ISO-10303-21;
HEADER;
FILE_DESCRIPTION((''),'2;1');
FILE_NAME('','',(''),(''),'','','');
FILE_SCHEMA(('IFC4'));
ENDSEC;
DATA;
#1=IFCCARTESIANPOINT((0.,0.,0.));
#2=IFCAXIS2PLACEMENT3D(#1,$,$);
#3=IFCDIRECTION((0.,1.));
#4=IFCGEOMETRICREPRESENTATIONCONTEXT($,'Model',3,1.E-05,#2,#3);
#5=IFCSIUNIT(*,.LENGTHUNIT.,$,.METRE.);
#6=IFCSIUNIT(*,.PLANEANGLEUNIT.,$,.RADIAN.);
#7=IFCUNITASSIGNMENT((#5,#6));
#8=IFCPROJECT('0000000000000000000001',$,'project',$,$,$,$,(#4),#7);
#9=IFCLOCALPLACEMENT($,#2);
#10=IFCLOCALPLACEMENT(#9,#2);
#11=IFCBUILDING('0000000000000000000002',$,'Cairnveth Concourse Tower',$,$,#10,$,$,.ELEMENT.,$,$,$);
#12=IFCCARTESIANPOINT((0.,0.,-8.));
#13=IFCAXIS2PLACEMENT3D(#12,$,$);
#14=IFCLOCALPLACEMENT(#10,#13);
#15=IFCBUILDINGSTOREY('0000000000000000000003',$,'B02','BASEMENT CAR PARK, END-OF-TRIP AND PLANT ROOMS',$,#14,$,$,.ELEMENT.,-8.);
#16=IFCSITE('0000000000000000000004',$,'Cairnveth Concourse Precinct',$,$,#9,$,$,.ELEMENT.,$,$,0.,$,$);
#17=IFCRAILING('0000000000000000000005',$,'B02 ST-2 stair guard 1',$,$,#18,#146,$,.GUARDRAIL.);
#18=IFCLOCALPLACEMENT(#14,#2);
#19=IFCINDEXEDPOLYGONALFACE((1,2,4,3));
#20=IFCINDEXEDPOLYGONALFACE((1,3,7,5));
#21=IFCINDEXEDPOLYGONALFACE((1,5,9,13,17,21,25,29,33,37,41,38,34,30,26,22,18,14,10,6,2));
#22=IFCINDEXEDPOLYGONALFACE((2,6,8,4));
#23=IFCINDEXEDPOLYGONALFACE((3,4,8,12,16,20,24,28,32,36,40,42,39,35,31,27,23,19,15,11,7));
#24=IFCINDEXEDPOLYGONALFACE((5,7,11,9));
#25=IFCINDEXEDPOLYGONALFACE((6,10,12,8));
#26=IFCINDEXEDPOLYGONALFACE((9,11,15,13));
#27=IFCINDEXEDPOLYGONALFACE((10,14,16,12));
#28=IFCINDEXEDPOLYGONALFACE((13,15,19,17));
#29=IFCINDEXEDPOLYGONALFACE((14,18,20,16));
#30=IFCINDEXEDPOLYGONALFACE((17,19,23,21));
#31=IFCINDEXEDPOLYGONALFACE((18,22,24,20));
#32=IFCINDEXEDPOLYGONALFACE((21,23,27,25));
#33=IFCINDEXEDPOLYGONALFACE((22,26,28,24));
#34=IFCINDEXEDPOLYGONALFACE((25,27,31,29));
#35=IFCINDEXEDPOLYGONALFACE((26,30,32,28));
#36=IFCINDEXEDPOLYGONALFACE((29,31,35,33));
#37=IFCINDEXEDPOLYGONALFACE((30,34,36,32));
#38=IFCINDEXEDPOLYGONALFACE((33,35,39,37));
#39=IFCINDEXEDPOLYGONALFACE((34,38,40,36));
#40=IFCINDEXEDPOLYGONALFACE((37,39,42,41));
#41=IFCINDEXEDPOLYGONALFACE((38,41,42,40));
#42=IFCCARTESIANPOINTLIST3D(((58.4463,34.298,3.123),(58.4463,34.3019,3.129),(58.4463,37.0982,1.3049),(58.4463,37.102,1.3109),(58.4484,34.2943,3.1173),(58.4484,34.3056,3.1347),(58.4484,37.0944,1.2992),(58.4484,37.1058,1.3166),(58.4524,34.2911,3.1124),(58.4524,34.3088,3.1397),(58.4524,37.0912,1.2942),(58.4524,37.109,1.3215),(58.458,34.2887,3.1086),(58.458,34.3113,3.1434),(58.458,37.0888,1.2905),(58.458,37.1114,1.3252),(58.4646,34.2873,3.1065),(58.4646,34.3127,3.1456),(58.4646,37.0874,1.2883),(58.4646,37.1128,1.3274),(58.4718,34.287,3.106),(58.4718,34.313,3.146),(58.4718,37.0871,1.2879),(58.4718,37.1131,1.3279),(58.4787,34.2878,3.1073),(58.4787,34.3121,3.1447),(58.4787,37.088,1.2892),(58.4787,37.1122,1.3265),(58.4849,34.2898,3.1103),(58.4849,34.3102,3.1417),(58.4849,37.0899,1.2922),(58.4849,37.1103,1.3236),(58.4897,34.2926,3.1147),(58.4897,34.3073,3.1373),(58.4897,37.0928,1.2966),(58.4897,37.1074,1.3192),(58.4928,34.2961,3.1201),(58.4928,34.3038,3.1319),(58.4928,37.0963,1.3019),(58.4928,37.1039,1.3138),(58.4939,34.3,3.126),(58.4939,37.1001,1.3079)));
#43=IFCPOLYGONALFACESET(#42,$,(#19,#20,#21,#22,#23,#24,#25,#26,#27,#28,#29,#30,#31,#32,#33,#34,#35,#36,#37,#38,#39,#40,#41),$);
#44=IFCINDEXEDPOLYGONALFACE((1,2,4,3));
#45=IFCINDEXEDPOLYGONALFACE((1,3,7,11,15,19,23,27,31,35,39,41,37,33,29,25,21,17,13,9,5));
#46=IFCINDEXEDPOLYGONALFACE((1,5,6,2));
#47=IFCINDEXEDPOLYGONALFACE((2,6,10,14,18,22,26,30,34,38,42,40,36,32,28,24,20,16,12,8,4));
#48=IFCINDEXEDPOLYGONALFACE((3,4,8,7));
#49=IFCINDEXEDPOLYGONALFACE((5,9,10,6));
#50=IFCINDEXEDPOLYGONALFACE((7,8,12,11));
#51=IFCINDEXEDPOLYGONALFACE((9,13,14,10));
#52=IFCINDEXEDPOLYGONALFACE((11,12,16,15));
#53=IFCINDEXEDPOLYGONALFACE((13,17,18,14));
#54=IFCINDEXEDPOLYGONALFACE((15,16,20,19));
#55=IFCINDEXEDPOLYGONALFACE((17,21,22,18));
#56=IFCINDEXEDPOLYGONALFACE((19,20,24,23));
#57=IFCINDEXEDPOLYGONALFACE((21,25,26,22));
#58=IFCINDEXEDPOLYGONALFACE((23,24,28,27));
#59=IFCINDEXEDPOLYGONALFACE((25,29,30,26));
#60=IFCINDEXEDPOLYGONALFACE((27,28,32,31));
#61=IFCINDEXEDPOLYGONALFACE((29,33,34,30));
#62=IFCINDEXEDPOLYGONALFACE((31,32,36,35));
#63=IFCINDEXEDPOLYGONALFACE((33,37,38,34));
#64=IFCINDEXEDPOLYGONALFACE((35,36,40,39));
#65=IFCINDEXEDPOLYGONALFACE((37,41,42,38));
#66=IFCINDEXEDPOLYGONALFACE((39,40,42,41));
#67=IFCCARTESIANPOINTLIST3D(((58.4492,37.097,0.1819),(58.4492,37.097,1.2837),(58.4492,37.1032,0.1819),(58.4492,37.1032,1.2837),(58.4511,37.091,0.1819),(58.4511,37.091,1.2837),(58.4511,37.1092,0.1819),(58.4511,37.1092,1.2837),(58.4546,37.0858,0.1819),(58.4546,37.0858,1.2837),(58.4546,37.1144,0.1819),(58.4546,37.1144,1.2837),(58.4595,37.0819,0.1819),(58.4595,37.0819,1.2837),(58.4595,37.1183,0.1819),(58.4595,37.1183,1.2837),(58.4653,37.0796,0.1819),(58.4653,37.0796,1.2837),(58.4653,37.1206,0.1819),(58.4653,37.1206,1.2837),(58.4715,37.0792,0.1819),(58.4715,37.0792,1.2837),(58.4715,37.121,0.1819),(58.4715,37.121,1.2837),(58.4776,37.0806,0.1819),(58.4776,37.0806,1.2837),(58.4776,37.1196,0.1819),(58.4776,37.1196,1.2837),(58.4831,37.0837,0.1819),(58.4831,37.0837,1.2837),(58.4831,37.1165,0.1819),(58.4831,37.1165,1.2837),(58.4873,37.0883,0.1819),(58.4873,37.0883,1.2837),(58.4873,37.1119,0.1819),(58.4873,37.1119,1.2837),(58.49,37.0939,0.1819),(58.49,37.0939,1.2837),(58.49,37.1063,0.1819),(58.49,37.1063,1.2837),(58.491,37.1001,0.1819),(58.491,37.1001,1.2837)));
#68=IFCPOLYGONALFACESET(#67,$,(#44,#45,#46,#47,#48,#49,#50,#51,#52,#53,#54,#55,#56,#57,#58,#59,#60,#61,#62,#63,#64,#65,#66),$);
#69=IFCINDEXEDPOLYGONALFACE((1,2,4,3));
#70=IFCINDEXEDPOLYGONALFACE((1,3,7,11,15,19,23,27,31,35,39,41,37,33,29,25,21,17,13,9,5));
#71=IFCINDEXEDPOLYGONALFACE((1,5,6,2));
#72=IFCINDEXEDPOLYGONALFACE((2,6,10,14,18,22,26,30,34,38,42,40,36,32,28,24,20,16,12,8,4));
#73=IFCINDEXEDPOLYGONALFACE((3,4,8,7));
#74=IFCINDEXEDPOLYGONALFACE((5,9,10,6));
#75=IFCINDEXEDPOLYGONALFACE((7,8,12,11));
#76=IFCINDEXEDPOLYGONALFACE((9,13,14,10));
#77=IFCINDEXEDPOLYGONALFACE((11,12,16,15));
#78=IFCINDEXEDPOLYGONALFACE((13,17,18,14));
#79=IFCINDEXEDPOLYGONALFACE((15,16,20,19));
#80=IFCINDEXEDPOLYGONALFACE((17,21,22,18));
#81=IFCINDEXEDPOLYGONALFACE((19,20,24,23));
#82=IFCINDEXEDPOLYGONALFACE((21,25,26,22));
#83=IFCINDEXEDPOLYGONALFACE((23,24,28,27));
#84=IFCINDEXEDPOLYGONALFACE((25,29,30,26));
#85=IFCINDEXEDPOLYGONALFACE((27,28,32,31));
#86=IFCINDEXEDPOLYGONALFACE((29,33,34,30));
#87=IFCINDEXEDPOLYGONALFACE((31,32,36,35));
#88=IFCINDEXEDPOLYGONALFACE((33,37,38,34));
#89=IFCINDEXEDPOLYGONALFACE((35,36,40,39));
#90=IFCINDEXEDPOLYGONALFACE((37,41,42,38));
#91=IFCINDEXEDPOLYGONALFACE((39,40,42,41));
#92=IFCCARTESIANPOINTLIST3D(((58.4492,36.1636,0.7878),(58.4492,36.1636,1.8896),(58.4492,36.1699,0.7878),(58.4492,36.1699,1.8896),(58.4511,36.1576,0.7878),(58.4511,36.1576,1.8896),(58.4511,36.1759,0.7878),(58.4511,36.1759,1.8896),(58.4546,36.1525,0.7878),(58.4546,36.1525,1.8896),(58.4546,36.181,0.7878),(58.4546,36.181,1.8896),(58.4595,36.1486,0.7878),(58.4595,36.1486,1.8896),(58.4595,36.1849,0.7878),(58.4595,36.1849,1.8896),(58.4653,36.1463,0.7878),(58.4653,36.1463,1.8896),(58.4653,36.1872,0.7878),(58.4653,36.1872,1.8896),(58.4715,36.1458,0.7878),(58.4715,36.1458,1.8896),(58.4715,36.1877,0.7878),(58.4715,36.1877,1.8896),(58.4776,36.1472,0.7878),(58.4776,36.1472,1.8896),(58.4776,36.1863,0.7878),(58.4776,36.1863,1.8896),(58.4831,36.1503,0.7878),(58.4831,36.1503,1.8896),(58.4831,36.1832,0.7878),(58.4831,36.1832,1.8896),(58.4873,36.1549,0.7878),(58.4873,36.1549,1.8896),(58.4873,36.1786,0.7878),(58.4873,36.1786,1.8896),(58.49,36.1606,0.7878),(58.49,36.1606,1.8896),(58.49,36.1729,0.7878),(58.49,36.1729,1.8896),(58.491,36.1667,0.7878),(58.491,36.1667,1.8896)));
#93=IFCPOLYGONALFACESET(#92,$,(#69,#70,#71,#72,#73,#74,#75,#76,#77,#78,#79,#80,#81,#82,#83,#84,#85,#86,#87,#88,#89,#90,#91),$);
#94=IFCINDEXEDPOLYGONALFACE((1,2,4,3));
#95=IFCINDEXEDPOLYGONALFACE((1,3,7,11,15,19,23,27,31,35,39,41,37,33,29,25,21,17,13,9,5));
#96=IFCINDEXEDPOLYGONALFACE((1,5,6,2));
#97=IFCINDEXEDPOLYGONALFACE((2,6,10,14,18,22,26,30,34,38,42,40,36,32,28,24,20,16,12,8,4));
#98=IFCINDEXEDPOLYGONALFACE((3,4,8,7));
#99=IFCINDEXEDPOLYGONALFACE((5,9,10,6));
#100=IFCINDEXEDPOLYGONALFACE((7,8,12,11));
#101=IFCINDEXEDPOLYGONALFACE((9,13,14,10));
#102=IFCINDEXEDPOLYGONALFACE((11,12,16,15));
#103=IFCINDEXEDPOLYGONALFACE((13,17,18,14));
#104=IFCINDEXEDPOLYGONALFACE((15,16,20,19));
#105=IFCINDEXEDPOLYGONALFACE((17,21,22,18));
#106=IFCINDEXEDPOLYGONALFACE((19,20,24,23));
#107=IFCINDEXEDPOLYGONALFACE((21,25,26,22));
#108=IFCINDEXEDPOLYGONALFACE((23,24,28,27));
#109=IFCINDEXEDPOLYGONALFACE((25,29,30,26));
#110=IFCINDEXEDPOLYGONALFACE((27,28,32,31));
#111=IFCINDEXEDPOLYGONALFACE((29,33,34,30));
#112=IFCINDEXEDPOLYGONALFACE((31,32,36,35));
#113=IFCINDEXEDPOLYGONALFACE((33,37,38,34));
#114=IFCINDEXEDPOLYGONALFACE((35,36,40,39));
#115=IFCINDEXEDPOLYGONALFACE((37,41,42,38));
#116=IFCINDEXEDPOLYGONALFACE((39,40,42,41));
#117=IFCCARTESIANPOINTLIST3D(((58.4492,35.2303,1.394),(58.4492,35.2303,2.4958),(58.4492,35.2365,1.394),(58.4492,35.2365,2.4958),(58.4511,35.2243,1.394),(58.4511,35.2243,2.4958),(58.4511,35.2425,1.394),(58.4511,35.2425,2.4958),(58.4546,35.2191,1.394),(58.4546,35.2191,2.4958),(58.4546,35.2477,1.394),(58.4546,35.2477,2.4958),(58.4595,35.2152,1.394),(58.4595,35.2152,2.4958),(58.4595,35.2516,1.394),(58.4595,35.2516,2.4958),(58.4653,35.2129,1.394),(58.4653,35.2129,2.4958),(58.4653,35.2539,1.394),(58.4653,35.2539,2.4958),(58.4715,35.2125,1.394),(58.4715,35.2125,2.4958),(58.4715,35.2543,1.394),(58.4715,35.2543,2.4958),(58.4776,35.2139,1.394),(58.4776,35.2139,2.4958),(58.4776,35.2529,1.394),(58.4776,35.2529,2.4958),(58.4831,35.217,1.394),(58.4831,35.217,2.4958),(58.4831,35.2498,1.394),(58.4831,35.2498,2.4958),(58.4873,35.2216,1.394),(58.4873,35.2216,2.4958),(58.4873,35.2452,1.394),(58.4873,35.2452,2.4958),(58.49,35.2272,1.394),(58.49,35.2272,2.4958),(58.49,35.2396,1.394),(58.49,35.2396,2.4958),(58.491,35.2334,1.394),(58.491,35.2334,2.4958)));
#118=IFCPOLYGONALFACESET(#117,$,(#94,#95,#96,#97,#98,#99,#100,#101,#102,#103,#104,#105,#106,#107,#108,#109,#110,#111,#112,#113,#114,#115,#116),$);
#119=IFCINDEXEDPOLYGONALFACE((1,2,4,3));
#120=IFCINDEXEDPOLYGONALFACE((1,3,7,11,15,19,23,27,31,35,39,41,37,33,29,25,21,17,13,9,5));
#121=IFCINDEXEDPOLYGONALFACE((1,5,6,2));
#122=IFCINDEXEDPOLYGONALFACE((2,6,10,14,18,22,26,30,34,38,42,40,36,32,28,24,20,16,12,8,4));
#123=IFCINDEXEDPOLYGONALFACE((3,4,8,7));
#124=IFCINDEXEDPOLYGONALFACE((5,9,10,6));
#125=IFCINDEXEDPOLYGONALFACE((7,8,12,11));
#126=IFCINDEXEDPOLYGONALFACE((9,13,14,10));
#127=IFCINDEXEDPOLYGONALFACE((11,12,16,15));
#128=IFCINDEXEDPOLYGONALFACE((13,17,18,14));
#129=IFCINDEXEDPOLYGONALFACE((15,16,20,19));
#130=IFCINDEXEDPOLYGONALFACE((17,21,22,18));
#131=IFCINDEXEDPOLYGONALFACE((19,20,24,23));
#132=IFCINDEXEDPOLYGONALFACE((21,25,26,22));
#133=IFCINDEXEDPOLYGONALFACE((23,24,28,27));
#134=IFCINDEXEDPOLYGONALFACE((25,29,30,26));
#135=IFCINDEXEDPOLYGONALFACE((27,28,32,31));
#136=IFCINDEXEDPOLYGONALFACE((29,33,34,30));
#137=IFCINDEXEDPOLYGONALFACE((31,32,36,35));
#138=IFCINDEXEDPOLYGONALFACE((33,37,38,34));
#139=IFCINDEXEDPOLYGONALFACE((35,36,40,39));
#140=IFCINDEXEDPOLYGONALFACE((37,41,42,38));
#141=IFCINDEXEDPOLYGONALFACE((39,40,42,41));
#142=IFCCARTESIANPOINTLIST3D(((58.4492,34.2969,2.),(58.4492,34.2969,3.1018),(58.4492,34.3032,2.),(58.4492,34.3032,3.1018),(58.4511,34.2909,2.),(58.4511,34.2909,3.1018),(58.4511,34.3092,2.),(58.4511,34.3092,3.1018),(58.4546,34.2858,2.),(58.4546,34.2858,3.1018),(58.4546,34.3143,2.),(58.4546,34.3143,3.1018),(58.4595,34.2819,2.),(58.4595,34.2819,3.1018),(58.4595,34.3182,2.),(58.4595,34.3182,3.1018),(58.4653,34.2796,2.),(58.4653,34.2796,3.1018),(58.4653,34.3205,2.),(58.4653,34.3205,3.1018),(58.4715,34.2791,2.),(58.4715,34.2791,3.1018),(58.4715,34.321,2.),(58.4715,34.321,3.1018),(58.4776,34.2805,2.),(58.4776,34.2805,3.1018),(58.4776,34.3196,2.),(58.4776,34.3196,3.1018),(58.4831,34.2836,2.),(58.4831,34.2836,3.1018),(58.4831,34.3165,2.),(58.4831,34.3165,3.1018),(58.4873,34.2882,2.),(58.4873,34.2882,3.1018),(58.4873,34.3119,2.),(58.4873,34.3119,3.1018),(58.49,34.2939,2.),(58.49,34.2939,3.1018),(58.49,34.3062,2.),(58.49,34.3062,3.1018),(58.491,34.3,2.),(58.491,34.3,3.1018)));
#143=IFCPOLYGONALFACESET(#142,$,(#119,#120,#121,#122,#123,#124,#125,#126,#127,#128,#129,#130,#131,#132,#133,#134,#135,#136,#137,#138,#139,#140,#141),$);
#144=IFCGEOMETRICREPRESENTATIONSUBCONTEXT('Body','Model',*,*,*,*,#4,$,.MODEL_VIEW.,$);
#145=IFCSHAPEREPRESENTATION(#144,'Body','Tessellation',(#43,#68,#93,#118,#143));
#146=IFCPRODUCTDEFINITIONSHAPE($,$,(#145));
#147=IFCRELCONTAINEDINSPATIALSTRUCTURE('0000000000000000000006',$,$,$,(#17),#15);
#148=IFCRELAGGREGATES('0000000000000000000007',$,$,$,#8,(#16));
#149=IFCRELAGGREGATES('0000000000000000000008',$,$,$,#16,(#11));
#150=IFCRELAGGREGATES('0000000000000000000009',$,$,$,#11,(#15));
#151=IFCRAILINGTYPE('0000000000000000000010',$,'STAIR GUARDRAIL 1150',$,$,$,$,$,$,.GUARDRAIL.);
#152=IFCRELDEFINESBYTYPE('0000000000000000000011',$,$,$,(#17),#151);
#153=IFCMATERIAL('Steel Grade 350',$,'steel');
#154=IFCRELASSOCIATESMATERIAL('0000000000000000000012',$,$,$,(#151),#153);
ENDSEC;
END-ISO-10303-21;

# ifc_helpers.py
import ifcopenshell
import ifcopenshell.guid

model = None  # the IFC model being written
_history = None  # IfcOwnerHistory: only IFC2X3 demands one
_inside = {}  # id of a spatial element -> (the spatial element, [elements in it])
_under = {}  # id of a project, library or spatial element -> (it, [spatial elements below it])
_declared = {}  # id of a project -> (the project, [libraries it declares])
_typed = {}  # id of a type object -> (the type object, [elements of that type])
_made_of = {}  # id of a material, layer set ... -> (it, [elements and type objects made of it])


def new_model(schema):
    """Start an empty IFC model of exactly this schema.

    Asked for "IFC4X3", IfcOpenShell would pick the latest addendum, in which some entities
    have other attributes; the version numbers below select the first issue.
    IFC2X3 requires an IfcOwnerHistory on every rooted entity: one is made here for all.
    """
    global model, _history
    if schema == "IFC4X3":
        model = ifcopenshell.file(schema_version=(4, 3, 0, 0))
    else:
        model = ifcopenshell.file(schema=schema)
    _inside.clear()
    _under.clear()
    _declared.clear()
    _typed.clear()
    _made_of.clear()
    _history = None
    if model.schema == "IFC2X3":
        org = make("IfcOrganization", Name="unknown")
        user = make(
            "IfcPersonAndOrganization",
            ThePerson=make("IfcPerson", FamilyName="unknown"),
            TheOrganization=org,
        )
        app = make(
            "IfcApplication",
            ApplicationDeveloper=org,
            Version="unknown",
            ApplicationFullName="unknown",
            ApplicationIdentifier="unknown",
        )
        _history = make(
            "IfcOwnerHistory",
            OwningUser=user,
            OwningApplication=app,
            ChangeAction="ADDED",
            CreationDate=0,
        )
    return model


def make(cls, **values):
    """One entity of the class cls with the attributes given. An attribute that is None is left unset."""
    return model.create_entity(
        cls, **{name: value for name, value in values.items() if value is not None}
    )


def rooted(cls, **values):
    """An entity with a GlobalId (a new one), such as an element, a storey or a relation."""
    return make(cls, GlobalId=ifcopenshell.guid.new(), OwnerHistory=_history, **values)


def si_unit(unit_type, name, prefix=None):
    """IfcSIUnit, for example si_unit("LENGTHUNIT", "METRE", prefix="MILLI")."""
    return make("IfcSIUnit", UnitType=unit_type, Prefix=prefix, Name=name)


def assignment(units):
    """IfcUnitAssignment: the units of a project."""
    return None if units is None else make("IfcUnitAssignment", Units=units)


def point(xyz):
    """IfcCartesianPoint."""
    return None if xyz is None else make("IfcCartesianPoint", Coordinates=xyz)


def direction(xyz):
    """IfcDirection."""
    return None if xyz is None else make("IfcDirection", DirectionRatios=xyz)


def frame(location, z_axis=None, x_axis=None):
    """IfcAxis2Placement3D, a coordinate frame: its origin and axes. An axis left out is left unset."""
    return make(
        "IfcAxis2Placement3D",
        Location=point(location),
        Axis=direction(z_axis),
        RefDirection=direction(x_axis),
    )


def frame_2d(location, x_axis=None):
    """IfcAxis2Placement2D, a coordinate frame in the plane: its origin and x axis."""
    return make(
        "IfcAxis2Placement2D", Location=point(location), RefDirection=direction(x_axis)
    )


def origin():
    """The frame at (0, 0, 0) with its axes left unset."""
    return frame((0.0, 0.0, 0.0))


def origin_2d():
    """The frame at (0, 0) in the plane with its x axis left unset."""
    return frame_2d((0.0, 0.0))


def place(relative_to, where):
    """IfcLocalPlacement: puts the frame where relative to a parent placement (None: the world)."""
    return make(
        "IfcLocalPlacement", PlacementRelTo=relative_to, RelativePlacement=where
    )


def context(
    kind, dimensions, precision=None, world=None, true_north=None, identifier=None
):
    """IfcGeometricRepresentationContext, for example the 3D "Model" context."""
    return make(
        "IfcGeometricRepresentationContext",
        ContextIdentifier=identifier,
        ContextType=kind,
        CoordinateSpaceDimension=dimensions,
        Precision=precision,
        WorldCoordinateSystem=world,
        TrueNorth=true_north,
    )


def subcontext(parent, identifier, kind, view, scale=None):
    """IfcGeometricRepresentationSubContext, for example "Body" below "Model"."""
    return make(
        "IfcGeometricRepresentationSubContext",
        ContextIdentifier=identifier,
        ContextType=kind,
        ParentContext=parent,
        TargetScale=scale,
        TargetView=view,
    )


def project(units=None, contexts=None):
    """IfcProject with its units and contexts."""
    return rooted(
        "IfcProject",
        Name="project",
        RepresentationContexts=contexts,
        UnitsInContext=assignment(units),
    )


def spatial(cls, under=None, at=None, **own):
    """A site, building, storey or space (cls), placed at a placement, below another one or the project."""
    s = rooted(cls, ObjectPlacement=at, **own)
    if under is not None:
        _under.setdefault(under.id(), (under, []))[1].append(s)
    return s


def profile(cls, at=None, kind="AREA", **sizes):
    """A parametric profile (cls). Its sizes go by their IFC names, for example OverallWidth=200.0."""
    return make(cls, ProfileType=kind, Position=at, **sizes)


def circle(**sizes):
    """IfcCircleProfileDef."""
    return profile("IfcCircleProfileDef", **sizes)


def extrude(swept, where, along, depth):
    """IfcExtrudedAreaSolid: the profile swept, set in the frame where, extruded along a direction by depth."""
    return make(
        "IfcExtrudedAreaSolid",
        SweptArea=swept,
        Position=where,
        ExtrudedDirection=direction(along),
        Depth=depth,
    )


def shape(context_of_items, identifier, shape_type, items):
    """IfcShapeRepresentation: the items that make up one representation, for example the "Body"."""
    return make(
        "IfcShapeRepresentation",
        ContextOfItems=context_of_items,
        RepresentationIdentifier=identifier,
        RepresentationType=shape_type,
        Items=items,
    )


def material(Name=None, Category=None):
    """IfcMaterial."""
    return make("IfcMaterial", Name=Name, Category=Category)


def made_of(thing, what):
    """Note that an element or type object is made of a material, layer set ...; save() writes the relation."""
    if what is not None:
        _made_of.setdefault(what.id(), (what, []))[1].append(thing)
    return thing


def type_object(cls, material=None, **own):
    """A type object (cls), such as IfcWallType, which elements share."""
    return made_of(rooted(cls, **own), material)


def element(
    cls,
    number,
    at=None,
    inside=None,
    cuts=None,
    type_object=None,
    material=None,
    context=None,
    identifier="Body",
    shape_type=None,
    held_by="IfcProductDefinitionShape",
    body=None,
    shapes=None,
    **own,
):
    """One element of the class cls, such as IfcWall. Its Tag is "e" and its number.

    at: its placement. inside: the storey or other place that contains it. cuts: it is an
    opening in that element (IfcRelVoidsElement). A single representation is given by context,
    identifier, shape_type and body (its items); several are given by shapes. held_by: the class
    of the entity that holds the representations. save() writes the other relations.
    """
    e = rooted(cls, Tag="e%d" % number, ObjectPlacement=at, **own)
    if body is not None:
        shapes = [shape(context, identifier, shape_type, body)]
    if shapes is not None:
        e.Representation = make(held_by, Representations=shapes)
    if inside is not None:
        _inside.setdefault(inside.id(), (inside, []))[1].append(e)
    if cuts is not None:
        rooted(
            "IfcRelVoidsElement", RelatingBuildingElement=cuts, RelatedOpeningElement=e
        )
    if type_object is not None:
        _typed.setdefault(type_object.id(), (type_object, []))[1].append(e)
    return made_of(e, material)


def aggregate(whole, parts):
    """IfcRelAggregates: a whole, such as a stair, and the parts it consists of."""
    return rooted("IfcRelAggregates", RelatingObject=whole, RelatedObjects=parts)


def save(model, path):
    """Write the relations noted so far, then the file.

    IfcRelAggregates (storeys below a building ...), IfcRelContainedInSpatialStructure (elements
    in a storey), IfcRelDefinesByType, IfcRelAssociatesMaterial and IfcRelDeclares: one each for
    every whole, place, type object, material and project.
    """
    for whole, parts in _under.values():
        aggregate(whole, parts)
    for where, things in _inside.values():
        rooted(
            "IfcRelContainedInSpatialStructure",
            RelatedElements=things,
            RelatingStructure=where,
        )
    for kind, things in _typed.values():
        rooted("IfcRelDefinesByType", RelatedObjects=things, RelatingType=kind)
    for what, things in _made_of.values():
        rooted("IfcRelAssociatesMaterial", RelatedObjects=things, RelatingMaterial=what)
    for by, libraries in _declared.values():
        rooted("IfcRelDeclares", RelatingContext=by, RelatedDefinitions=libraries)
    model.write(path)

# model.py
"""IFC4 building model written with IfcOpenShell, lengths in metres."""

from ifc_helpers import new_model, si_unit, direction, frame, origin, origin_2d, place, context, subcontext, project, spatial, circle, extrude, material, type_object, element, save


model = new_model("IFC4")

# Units and contexts
model_context = context("Model", 3, precision=1e-05, world=origin(), true_north=direction((0.0, 1.0)))
body_context = subcontext(model_context, "Body", "Model", "MODEL_VIEW")
ifc_project = project(units=[si_unit("LENGTHUNIT", "METRE"), si_unit("PLANEANGLEUNIT", "RADIAN")], contexts=[model_context])

# Site, building, storey
site_placement = place(None, origin())
site = spatial("IfcSite", under=ifc_project, at=site_placement, Name="Cairnveth Concourse Precinct", CompositionType="ELEMENT", RefElevation=0.0)
building_placement = place(site_placement, origin())
building = spatial("IfcBuilding", under=site, at=building_placement, Name="Cairnveth Concourse Tower", CompositionType="ELEMENT")
storey_placement = place(building_placement, frame((0.0, 0.0, -8.0)))
storey = spatial("IfcBuildingStorey", under=building, at=storey_placement, Name="B02", Description="BASEMENT CAR PARK, END-OF-TRIP AND PLANT ROOMS", CompositionType="ELEMENT", Elevation=-8.0)

# Shared definitions
ifc_material_1 = material(Name="Steel Grade 350", Category="steel")

# Railing
railing_type_1 = type_object("IfcRailingType", Name="STAIR GUARDRAIL 1150", PredefinedType="GUARDRAIL", material=ifc_material_1)
railing_1_placement = place(storey_placement, frame((58.47, 37.1001, 0.1819)))
element("IfcRailing", 1, at=railing_1_placement, inside=storey, type_object=railing_type_1, Name="B02 ST-2 stair guard 1", PredefinedType="GUARDRAIL", context=body_context, shape_type="SweptSolid", body=[
    extrude(circle(Radius=0.0239, at=origin_2d()), frame((0.0, 0.0, 1.126), z_axis=(0.0, -0.838706, 0.544585), x_axis=(1.0, 0.0, 0.0)), (0.0, 0.0, 1.0), 3.3386),
    extrude(circle(Radius=0.021, at=origin_2d()), origin(), (0.0, 0.0, 1.0), 1.1018),
    extrude(circle(Radius=0.021, at=origin_2d()), frame((0.0, -0.9333, 0.606)), (0.0, 0.0, 1.0), 1.1018),
    extrude(circle(Radius=0.021, at=origin_2d()), frame((0.0, -1.8667, 1.2122)), (0.0, 0.0, 1.0), 1.1018),
    extrude(circle(Radius=0.021, at=origin_2d()), frame((0.0, -2.8, 1.8181)), (0.0, 0.0, 1.0), 1.1018),
])

save(model, "model.ifc")
